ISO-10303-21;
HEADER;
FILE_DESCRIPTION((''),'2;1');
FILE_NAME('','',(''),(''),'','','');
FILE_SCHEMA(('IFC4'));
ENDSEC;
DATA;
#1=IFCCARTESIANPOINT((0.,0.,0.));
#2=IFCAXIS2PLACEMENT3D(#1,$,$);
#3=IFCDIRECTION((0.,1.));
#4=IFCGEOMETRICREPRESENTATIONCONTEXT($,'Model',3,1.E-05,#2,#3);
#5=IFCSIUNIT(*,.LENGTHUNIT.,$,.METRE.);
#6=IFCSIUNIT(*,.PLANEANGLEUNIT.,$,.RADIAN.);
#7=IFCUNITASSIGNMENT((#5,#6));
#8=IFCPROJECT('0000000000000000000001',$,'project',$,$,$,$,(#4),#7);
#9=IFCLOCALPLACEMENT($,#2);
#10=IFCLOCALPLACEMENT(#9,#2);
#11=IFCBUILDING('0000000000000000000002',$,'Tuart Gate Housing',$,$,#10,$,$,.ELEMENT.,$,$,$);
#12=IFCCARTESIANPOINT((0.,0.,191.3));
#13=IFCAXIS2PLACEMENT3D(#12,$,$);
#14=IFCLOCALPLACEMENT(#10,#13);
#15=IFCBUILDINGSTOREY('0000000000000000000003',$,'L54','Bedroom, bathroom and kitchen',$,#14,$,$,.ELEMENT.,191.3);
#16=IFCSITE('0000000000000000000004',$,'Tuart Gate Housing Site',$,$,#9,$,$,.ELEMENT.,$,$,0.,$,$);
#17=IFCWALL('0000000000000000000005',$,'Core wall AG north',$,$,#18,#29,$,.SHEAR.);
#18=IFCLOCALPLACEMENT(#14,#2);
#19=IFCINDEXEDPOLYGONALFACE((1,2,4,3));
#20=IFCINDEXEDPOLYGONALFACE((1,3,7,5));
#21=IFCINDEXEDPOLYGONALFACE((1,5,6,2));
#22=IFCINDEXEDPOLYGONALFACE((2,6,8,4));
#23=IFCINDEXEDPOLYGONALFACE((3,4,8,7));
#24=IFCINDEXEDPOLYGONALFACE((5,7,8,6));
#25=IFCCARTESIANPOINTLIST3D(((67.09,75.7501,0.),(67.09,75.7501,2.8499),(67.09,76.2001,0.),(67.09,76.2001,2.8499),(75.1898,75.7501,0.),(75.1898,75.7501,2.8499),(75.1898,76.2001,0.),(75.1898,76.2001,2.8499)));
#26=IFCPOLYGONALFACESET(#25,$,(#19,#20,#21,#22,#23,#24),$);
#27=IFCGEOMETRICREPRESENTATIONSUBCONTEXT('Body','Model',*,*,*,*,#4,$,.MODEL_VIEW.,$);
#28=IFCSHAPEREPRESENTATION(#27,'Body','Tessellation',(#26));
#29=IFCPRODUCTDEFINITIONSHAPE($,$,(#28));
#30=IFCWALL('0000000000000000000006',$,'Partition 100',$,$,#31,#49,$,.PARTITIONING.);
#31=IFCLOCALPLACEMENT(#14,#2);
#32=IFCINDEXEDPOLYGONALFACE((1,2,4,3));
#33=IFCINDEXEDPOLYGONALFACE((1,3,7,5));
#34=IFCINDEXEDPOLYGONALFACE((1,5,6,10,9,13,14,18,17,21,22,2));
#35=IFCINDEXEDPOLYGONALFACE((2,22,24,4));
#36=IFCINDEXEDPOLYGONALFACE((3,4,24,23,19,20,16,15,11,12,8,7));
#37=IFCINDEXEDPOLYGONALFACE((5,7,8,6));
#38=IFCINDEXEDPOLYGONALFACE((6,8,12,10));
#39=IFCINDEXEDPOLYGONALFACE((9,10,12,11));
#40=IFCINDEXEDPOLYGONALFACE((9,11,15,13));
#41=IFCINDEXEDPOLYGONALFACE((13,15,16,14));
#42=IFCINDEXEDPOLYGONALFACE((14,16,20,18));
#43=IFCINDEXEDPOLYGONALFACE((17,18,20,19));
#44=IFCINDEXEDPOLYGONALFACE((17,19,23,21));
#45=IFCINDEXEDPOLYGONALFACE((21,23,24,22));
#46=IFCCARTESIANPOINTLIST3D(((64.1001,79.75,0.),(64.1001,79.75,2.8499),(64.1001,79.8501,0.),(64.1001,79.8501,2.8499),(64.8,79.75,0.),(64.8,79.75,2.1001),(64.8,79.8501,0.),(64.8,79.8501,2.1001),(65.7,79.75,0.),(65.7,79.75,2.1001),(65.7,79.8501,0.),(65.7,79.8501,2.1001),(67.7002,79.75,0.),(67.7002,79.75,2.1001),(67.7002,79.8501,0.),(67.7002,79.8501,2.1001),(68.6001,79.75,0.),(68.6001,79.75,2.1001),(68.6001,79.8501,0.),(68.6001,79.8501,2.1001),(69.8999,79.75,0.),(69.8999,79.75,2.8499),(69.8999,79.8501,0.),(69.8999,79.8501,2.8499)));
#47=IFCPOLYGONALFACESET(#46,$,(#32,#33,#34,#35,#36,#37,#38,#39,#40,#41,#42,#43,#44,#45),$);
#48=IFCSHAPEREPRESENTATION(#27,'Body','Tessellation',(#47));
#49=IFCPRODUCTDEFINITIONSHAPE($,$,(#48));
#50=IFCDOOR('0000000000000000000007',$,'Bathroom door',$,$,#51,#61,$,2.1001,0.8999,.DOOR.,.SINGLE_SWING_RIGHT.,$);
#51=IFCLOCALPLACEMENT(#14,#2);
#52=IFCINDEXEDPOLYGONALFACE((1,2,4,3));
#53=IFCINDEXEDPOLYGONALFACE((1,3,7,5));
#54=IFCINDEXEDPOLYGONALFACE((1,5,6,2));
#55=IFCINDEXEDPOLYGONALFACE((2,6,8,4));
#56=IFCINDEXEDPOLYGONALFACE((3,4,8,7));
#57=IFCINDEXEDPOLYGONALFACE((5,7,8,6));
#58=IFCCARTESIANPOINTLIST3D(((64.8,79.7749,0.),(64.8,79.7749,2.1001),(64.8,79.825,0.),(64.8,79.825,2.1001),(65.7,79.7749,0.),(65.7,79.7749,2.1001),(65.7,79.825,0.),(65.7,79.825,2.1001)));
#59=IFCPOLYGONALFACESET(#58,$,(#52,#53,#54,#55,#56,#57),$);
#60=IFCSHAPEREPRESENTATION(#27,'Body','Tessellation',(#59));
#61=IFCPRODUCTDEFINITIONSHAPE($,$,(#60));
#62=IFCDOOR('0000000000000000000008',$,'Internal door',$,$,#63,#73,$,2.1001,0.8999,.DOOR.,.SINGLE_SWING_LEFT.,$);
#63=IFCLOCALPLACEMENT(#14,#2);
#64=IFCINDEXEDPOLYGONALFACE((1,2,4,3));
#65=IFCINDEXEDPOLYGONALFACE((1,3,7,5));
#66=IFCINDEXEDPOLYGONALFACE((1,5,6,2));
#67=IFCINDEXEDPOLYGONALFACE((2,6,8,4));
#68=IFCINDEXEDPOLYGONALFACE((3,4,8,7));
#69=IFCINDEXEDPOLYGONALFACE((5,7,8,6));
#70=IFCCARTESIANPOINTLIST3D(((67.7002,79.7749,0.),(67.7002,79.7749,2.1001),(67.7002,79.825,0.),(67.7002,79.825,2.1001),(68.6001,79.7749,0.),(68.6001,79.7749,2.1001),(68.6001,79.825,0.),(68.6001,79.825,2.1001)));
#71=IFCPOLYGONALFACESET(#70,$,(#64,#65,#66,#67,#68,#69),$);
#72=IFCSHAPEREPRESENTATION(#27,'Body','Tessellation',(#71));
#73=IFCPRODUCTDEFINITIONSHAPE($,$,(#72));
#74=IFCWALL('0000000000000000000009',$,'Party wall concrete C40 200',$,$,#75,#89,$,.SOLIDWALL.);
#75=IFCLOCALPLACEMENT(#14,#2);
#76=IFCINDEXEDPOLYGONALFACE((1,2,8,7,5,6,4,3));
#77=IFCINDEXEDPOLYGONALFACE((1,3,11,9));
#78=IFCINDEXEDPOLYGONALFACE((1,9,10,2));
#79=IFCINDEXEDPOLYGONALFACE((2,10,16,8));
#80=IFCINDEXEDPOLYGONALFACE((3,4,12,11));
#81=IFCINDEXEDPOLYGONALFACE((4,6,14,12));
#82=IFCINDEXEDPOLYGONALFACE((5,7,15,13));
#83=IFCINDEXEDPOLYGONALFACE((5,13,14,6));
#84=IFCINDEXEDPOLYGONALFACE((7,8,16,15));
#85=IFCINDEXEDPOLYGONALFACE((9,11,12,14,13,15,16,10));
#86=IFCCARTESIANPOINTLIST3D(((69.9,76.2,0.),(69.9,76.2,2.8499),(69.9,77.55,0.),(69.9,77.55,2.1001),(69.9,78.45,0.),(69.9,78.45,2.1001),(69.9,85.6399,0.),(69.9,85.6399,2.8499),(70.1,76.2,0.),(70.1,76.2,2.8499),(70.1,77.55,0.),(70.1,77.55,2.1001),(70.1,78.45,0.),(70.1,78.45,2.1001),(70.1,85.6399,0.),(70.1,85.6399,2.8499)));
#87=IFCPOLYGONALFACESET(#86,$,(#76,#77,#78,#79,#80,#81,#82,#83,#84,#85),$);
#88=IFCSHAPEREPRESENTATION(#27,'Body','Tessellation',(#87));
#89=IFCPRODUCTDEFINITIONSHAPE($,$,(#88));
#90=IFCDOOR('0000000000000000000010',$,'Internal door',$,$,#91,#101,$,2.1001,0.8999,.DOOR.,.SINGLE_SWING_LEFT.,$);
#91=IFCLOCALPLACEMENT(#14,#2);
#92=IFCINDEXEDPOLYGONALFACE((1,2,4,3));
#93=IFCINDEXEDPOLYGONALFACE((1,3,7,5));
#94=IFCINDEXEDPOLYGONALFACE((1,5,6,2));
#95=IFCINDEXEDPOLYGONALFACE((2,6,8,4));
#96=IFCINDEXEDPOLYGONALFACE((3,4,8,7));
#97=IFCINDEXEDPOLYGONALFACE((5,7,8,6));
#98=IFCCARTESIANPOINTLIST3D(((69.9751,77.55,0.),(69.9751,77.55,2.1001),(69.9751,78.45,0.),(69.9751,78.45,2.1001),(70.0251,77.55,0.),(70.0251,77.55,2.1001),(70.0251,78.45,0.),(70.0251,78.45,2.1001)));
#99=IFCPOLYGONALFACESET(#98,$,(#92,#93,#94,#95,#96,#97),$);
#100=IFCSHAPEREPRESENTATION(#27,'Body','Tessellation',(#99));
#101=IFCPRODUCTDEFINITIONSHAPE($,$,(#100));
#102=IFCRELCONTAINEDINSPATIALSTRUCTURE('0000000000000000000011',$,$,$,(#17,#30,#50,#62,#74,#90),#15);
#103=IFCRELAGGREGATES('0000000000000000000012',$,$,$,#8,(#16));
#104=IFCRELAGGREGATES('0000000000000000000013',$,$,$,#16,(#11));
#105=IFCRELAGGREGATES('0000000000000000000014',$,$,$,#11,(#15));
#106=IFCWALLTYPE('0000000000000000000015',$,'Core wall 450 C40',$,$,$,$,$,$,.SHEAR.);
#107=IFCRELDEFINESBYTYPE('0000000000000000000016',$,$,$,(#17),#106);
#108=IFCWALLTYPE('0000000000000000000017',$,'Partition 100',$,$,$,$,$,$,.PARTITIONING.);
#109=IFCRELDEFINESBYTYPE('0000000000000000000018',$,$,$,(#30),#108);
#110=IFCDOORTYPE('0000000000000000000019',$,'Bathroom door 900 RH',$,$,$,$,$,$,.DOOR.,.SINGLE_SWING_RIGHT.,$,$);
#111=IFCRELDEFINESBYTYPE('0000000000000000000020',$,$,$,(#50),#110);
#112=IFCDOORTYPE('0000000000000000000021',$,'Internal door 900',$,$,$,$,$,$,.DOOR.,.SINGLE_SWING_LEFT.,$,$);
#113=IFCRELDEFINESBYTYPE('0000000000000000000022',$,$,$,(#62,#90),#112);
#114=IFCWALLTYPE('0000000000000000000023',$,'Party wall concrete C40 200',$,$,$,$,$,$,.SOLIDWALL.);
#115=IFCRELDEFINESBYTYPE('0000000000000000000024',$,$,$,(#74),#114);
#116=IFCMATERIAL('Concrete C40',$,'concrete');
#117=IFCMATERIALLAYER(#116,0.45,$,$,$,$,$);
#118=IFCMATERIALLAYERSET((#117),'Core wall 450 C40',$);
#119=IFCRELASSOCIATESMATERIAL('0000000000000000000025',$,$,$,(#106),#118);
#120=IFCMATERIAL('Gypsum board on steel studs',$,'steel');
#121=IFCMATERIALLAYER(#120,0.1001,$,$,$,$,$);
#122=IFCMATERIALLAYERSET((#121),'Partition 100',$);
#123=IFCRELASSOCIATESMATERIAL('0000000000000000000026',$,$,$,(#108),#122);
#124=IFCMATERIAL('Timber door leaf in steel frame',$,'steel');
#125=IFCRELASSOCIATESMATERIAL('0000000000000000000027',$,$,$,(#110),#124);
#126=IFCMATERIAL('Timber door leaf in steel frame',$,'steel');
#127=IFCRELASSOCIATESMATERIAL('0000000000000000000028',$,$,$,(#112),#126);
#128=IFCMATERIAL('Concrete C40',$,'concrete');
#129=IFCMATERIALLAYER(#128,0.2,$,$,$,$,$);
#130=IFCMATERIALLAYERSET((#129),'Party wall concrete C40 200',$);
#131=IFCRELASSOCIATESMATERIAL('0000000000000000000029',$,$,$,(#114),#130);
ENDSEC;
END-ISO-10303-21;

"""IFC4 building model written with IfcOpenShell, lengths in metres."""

from ifc_helpers import new_model, si_unit, direction, frame, frame_2d, origin, place, context, subcontext, project, spatial, rectangle, extrude, material, layer, layer_set, type_object, element, fill, save


model = new_model("IFC4")

# Units and contexts
model_context = context("Model", 3, precision=1e-05, world=origin(), true_north=direction((0.0, 1.0)))
body_context = subcontext(model_context, "Body", "Model", "MODEL_VIEW")
ifc_project = project(units=[si_unit("LENGTHUNIT", "METRE"), si_unit("PLANEANGLEUNIT", "RADIAN")], contexts=[model_context])

# Site, building, storey
site_placement = place(None, origin())
site = spatial("IfcSite", under=ifc_project, at=site_placement, Name="Tuart Gate Housing Site", CompositionType="ELEMENT", RefElevation=0.0)
building_placement = place(site_placement, origin())
building = spatial("IfcBuilding", under=site, at=building_placement, Name="Tuart Gate Housing", CompositionType="ELEMENT")
storey_placement = place(building_placement, frame((0.0, 0.0, 191.3)))
storey = spatial("IfcBuildingStorey", under=building, at=storey_placement, Name="L54", Description="Bedroom, bathroom and kitchen", CompositionType="ELEMENT", Elevation=191.3)

# Wall
ifc_material_1 = material(Name="Concrete C40", Category="concrete")
ifc_layer_1 = layer(ifc_material_1, 0.45)
ifc_layer_set_1 = layer_set([ifc_layer_1], Name="Core wall 450 C40")
wall_type_1 = type_object("IfcWallType", Name="Core wall 450 C40", PredefinedType="SHEAR", material=ifc_layer_set_1)
wall_1_placement = place(storey_placement, frame((67.0901, 75.9751, 0.0), z_axis=(0.0, 0.0, 1.0), x_axis=(1.0, 0.0, 0.0)))
element("IfcWall", 1, at=wall_1_placement, inside=storey, type_object=wall_type_1, Name="Core wall AG north", PredefinedType="SHEAR", context=body_context, shape_type="SweptSolid", body=[
    extrude(rectangle(XDim=8.0999, YDim=0.45, at=frame_2d((4.0498, 0.0))), origin(), (0.0, 0.0, 1.0), 2.8499),
])

# Wall, openings, doors
ifc_material_2 = material(Name="Gypsum board on steel studs", Category="steel")
ifc_layer_2 = layer(ifc_material_2, 0.1001)
ifc_layer_set_2 = layer_set([ifc_layer_2], Name="Partition 100")
wall_type_2 = type_object("IfcWallType", Name="Partition 100", PredefinedType="PARTITIONING", material=ifc_layer_set_2)
wall_2_placement = place(storey_placement, frame((64.1001, 79.8, 0.0), z_axis=(0.0, 0.0, 1.0), x_axis=(1.0, 0.0, 0.0)))
wall_2 = element("IfcWall", 2, at=wall_2_placement, inside=storey, type_object=wall_type_2, Name="Partition 100", PredefinedType="PARTITIONING", context=body_context, shape_type="SweptSolid", body=[
    extrude(rectangle(XDim=5.7998, YDim=0.1001, at=frame_2d((2.8999, 0.0))), origin(), (0.0, 0.0, 1.0), 2.8499),
])
opening_1_placement = place(wall_2_placement, frame((3.6001, 0.0, 0.0)))
opening_1 = element("IfcOpeningElement", 3, at=opening_1_placement, cuts=wall_2, PredefinedType="OPENING", context=body_context, shape_type="SweptSolid", body=[
    extrude(rectangle(XDim=0.8999, YDim=2.1001, at=frame_2d((0.45, 1.05))), frame((0.0, 0.0601, 0.0), z_axis=(0.0, -1.0, 0.0), x_axis=(1.0, 0.0, 0.0)), (0.0, 0.0, 1.0), 0.1201),
])
opening_2_placement = place(wall_2_placement, frame((0.7, 0.0, 0.0)))
opening_2 = element("IfcOpeningElement", 4, at=opening_2_placement, cuts=wall_2, PredefinedType="OPENING", context=body_context, shape_type="SweptSolid", body=[
    extrude(rectangle(XDim=0.8999, YDim=2.1001, at=frame_2d((0.45, 1.05))), frame((0.0, 0.0601, 0.0), z_axis=(0.0, -1.0, 0.0), x_axis=(1.0, 0.0, 0.0)), (0.0, 0.0, 1.0), 0.1201),
])
ifc_material_3 = material(Name="Timber door leaf in steel frame", Category="steel")
door_type_1 = type_object("IfcDoorType", Name="Bathroom door 900 RH", OperationType="SINGLE_SWING_RIGHT", PredefinedType="DOOR", material=ifc_material_3)
door_1_placement = place(opening_2_placement, origin())
door_1 = element("IfcDoor", 5, at=door_1_placement, inside=storey, type_object=door_type_1, Name="Bathroom door", OperationType="SINGLE_SWING_RIGHT", OverallHeight=2.1001, OverallWidth=0.8999, PredefinedType="DOOR", context=body_context, shape_type="SweptSolid", body=[
    extrude(rectangle(XDim=0.8999, YDim=2.1001, at=frame_2d((0.45, 1.05))), frame((0.0, 0.0249, 0.0), z_axis=(0.0, -1.0, 0.0), x_axis=(1.0, 0.0, 0.0)), (0.0, 0.0, 1.0), 0.05),
])
fill(opening_2, door_1)
ifc_material_4 = material(Name="Timber door leaf in steel frame", Category="steel")
door_type_2 = type_object("IfcDoorType", Name="Internal door 900", OperationType="SINGLE_SWING_LEFT", PredefinedType="DOOR", material=ifc_material_4)
door_2_placement = place(opening_1_placement, origin())
door_2 = element("IfcDoor", 6, at=door_2_placement, inside=storey, type_object=door_type_2, Name="Internal door", OperationType="SINGLE_SWING_LEFT", OverallHeight=2.1001, OverallWidth=0.8999, PredefinedType="DOOR", context=body_context, shape_type="SweptSolid", body=[
    extrude(rectangle(XDim=0.8999, YDim=2.1001, at=frame_2d((0.45, 1.05))), frame((0.0, 0.0249, 0.0), z_axis=(0.0, -1.0, 0.0), x_axis=(1.0, 0.0, 0.0)), (0.0, 0.0, 1.0), 0.05),
])
fill(opening_1, door_2)

# Wall, opening, door
ifc_material_5 = material(Name="Concrete C40", Category="concrete")
ifc_layer_3 = layer(ifc_material_5, 0.2)
ifc_layer_set_3 = layer_set([ifc_layer_3], Name="Party wall concrete C40 200")
wall_type_3 = type_object("IfcWallType", Name="Party wall concrete C40 200", PredefinedType="SOLIDWALL", material=ifc_layer_set_3)
wall_3_placement = place(storey_placement, frame((70.0, 76.2, 0.0), z_axis=(0.0, 0.0, 1.0), x_axis=(0.0, 1.0, 0.0)))
wall_3 = element("IfcWall", 7, at=wall_3_placement, inside=storey, type_object=wall_type_3, Name="Party wall concrete C40 200", PredefinedType="SOLIDWALL", context=body_context, shape_type="SweptSolid", body=[
    extrude(rectangle(XDim=9.4399, YDim=0.2, at=frame_2d((4.72, 0.0))), origin(), (0.0, 0.0, 1.0), 2.8499),
])
opening_3_placement = place(wall_3_placement, frame((1.3501, 0.0, 0.0)))
opening_3 = element("IfcOpeningElement", 8, at=opening_3_placement, cuts=wall_3, PredefinedType="OPENING", context=body_context, shape_type="SweptSolid", body=[
    extrude(rectangle(XDim=0.8999, YDim=2.1001, at=frame_2d((0.45, 1.05))), frame((0.0, 0.1099, 0.0), z_axis=(0.0, -1.0, 0.0), x_axis=(1.0, 0.0, 0.0)), (0.0, 0.0, 1.0), 0.22),
])
door_3_placement = place(opening_3_placement, origin())
door_3 = element("IfcDoor", 9, at=door_3_placement, inside=storey, type_object=door_type_2, Name="Internal door", OperationType="SINGLE_SWING_LEFT", OverallHeight=2.1001, OverallWidth=0.8999, PredefinedType="DOOR", context=body_context, shape_type="SweptSolid", body=[
    extrude(rectangle(XDim=0.8999, YDim=2.1001, at=frame_2d((0.45, 1.05))), frame((0.0, 0.0249, 0.0), z_axis=(0.0, -1.0, 0.0), x_axis=(1.0, 0.0, 0.0)), (0.0, 0.0, 1.0), 0.05),
])
fill(opening_3, door_3)

save(model, "model.ifc")
